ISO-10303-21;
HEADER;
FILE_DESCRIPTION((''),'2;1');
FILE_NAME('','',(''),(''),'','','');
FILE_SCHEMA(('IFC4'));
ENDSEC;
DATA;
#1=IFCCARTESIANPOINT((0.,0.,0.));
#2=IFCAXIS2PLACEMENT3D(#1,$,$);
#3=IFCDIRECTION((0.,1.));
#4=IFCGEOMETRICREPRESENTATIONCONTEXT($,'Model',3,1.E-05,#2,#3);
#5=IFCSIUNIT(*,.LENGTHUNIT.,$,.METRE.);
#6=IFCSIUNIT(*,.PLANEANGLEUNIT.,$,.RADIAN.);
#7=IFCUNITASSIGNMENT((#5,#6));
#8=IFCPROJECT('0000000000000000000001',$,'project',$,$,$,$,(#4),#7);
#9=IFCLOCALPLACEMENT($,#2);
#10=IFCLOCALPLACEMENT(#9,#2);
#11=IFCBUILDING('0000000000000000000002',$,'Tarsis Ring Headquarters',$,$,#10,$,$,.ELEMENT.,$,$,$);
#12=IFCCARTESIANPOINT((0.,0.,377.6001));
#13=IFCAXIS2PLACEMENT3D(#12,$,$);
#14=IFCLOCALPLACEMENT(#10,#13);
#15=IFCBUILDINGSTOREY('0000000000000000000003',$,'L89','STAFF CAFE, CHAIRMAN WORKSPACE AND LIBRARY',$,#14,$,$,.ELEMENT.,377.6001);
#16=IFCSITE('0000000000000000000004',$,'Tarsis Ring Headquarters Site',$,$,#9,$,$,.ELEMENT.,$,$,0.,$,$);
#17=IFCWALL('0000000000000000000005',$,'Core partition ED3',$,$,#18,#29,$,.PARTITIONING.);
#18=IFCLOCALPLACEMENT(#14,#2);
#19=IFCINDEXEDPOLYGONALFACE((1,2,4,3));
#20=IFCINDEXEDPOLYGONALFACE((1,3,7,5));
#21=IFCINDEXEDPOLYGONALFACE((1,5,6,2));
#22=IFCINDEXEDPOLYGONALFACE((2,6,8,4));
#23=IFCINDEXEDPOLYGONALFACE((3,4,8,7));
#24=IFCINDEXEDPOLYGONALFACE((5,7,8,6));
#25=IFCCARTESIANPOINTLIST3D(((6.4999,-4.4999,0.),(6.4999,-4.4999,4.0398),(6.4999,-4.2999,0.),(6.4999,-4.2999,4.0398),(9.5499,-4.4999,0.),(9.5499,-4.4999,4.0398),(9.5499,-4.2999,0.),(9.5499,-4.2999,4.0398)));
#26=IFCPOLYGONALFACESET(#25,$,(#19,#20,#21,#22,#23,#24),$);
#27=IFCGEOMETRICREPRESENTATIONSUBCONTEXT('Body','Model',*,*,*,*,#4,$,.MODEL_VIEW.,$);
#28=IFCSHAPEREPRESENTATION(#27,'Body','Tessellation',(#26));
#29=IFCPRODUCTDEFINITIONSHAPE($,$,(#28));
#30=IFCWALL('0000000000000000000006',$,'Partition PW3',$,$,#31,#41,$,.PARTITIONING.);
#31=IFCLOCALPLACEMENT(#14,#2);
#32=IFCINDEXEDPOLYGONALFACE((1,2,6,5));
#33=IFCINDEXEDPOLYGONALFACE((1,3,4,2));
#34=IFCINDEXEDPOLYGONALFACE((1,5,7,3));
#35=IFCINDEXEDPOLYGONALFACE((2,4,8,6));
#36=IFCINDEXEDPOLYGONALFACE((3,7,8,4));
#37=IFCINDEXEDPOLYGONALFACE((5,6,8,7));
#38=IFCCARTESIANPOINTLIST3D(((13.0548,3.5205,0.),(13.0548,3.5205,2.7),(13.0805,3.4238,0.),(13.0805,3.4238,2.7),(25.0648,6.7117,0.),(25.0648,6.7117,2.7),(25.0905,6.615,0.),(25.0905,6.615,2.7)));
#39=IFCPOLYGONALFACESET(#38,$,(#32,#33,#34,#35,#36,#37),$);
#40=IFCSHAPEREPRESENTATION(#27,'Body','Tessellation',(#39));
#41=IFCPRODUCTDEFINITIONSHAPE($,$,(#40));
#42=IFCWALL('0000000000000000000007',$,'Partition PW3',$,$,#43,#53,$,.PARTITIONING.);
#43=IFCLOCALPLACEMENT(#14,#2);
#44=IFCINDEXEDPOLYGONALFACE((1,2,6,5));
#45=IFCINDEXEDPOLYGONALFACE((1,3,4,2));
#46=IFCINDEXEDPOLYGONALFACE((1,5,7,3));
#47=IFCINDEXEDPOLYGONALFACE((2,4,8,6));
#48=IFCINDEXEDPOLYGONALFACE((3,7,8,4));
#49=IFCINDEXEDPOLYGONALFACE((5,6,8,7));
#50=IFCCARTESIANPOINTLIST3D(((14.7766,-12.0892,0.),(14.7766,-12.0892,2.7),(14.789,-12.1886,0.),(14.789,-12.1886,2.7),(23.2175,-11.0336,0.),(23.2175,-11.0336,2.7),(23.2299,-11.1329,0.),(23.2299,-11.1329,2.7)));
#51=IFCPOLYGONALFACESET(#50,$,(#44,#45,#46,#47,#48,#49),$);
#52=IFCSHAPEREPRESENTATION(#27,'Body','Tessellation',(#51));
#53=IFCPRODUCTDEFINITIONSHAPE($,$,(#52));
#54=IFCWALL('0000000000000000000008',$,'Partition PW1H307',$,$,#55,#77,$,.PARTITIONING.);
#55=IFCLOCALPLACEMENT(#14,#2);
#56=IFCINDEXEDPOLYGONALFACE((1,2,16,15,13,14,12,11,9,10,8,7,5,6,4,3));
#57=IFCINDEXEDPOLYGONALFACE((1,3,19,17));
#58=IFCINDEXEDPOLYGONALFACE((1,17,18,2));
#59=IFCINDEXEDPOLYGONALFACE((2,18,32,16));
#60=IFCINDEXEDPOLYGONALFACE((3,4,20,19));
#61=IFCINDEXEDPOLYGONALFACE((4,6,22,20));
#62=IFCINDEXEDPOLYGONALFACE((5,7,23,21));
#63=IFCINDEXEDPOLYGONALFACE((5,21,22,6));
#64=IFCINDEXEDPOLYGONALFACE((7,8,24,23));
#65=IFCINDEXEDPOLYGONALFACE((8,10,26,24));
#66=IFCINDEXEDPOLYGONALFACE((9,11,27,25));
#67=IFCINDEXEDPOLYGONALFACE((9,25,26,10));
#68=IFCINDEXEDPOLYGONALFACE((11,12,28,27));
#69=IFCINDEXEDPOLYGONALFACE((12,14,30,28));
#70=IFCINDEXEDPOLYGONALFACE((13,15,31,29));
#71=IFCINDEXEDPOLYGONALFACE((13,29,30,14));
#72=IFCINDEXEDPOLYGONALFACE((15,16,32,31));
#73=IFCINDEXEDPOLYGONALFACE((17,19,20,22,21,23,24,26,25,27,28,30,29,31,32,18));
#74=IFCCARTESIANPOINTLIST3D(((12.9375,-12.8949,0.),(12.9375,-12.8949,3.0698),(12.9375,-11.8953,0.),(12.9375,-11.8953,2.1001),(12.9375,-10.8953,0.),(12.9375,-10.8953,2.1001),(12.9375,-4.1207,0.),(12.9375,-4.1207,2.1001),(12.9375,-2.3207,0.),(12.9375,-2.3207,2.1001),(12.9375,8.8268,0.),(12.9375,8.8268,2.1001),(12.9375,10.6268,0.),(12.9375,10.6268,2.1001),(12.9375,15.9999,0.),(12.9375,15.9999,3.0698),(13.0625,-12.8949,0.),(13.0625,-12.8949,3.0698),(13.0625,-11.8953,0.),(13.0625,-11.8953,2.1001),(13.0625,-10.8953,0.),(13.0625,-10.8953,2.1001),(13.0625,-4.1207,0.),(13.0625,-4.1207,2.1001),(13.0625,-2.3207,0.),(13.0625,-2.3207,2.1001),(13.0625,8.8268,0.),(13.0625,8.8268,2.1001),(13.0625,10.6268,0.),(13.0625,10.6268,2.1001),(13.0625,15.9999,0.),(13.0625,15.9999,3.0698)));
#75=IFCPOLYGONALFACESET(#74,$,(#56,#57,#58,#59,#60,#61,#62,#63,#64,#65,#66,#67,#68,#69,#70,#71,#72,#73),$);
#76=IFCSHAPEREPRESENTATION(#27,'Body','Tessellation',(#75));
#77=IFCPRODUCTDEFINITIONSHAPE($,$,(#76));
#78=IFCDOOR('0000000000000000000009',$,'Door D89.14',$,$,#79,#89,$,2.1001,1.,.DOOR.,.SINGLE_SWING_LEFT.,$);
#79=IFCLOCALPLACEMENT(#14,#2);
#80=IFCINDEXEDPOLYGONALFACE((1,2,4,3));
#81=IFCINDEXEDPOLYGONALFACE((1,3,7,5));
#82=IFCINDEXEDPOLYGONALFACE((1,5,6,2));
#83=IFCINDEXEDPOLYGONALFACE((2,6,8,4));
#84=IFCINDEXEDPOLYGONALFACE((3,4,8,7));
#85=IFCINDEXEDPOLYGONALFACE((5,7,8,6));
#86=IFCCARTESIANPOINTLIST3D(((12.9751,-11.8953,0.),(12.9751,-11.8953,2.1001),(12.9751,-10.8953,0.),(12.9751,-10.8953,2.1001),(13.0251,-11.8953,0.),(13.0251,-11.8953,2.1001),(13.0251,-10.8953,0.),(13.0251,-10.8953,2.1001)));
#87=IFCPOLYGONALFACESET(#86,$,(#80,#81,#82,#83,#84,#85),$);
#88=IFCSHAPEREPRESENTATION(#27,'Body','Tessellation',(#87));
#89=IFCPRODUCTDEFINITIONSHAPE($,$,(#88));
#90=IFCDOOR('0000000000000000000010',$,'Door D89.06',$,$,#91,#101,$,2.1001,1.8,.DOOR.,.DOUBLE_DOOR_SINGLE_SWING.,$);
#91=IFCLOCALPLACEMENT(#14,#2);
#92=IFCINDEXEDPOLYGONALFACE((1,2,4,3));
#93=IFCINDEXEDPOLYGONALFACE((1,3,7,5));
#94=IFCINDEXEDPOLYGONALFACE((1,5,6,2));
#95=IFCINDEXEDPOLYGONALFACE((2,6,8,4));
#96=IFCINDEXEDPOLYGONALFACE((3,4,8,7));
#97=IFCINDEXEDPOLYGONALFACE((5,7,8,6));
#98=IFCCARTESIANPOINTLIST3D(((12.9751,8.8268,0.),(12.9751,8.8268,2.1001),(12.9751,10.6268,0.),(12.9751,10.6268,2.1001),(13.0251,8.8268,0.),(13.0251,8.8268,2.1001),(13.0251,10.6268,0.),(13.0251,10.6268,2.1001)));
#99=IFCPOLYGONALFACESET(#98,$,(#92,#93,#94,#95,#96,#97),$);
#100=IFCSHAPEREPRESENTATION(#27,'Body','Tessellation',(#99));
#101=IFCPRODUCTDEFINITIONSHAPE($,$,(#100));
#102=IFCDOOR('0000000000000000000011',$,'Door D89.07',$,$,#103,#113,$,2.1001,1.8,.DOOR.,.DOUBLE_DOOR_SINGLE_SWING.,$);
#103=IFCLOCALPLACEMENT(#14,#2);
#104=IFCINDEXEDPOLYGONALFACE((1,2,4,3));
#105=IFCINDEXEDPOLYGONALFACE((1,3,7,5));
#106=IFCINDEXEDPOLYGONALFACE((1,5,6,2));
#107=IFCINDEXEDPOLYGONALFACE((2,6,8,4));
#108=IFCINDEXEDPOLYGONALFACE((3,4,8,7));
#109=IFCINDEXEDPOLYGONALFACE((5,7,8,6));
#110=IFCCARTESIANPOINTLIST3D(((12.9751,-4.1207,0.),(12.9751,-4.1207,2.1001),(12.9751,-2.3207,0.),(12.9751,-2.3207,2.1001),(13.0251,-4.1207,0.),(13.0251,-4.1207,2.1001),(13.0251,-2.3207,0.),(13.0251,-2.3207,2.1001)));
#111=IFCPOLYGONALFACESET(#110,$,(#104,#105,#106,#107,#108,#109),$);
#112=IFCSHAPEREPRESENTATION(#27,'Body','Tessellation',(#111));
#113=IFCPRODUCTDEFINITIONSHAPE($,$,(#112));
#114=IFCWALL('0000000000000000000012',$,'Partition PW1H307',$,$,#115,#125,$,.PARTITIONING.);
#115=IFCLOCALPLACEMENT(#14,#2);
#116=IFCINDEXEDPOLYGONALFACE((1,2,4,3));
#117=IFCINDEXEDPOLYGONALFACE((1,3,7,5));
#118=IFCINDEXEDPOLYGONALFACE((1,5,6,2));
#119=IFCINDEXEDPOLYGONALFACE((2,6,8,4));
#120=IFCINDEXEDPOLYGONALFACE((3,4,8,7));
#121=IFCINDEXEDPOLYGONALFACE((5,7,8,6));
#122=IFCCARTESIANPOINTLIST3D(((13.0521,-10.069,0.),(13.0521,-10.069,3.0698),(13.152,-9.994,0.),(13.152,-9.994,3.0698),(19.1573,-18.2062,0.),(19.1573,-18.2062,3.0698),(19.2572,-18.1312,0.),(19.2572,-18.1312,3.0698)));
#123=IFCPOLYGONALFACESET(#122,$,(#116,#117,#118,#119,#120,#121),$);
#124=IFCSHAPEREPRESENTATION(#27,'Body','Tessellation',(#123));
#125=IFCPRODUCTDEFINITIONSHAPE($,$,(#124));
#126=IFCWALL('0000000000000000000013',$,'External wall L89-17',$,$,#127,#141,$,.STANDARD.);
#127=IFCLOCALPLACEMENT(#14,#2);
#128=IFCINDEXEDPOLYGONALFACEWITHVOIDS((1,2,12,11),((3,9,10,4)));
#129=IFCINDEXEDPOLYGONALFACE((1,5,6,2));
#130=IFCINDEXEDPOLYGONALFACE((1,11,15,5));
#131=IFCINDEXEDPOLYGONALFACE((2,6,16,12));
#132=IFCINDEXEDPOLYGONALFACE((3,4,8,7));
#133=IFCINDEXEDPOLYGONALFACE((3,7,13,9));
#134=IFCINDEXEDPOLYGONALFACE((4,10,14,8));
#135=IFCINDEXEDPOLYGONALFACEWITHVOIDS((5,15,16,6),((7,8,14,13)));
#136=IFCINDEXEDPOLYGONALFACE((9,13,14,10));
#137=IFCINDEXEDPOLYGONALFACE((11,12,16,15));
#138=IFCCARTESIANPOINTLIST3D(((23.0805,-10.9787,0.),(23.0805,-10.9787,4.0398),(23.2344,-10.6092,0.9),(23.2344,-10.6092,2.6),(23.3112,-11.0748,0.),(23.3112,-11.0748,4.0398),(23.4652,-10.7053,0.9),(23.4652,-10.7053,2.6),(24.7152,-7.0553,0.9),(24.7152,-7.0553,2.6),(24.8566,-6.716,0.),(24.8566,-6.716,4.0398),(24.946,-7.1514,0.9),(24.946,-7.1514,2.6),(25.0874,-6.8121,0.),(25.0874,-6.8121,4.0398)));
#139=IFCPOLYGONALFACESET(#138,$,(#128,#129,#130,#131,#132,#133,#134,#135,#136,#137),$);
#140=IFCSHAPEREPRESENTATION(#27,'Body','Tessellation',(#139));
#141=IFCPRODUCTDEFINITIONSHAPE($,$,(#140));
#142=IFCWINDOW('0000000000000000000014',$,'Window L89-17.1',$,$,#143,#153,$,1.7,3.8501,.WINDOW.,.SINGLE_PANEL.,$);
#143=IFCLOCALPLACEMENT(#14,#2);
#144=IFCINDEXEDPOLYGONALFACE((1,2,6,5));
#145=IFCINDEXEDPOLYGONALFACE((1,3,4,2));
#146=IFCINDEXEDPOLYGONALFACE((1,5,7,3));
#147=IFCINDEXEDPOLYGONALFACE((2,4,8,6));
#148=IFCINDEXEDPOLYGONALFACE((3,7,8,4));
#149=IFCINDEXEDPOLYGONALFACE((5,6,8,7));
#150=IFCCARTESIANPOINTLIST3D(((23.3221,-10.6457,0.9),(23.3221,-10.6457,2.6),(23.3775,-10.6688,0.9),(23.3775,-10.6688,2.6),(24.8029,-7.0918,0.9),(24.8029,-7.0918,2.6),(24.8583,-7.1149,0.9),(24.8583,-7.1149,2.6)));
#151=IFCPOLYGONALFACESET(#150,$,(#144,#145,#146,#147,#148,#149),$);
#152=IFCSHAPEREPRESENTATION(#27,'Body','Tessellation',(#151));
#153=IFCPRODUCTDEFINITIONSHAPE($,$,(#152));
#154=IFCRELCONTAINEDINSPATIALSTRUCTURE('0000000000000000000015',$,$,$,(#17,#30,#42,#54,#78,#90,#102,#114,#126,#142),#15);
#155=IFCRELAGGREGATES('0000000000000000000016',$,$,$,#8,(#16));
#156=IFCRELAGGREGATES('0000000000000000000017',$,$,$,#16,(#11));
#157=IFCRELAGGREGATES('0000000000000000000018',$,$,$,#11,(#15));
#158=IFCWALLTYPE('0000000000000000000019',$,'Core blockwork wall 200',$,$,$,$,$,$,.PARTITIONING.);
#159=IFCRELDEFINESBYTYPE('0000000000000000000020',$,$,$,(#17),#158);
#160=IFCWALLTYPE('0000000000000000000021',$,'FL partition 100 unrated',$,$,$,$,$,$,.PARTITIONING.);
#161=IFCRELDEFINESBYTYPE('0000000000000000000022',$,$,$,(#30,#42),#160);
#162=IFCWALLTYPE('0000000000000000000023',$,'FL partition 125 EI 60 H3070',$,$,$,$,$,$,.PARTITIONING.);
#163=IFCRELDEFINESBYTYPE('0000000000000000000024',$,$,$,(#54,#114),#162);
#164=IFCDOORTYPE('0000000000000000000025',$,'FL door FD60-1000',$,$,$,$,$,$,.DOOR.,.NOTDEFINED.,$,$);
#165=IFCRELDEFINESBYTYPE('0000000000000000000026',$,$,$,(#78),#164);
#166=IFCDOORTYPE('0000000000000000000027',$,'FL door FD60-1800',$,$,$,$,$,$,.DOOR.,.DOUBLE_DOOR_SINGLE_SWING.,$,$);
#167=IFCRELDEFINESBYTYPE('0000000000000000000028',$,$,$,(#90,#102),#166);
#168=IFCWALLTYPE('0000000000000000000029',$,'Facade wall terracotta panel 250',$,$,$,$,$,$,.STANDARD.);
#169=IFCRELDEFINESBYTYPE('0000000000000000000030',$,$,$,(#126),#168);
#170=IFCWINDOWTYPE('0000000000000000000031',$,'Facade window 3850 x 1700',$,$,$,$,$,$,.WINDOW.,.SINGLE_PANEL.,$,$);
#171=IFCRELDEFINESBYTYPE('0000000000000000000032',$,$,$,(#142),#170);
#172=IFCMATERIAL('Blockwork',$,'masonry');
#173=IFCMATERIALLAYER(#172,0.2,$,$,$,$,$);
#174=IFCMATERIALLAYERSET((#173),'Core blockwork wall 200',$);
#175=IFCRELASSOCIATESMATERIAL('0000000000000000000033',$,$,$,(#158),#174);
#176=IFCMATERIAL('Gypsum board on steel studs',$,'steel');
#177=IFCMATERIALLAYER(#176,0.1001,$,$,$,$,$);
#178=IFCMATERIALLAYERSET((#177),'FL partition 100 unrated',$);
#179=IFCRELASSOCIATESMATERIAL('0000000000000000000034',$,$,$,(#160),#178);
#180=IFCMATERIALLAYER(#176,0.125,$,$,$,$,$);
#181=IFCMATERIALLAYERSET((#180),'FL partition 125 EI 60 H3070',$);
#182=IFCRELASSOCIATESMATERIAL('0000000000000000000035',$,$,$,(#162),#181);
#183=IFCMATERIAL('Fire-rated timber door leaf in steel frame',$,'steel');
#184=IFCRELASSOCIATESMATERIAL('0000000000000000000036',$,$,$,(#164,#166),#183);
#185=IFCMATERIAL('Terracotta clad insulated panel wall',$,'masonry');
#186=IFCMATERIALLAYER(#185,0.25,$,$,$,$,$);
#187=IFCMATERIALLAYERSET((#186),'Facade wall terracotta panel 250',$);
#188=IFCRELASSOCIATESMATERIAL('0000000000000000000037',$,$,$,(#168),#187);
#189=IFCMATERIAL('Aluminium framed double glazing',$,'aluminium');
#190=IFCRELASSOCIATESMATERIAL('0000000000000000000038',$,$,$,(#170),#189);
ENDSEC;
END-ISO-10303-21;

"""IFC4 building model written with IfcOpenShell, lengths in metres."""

from ifc_helpers import new_model, si_unit, direction, frame, frame_2d, origin, place, context, subcontext, project, spatial, rectangle, extrude, material, layer, layer_set, type_object, element, fill, save


model = new_model("IFC4")

# Units and contexts
model_context = context("Model", 3, precision=1e-05, world=origin(), true_north=direction((0.0, 1.0)))
body_context = subcontext(model_context, "Body", "Model", "MODEL_VIEW")
ifc_project = project(units=[si_unit("LENGTHUNIT", "METRE"), si_unit("PLANEANGLEUNIT", "RADIAN")], contexts=[model_context])

# Site, building, storey
site_placement = place(None, origin())
site = spatial("IfcSite", under=ifc_project, at=site_placement, Name="Tarsis Ring Headquarters Site", CompositionType="ELEMENT", RefElevation=0.0)
building_placement = place(site_placement, origin())
building = spatial("IfcBuilding", under=site, at=building_placement, Name="Tarsis Ring Headquarters", CompositionType="ELEMENT")
storey_placement = place(building_placement, frame((0.0, 0.0, 377.6001)))
storey = spatial("IfcBuildingStorey", under=building, at=storey_placement, Name="L89", Description="STAFF CAFE, CHAIRMAN WORKSPACE AND LIBRARY", CompositionType="ELEMENT", Elevation=377.6001)

# Walls
ifc_material_1 = material(Name="Blockwork", Category="masonry")
ifc_layer_1 = layer(ifc_material_1, 0.2)
ifc_layer_set_1 = layer_set([ifc_layer_1], Name="Core blockwork wall 200")
wall_type_1 = type_object("IfcWallType", Name="Core blockwork wall 200", PredefinedType="PARTITIONING", material=ifc_layer_set_1)
for number, where, z_axis, x_axis, name in (
    (1, (6.5, -4.3999, 0.0), (0.0, 0.0, 1.0), (1.0, 0.0, 0.0), "Core partition ED3"),
):
    element("IfcWall", number, at=place(storey_placement, frame(where, z_axis=z_axis, x_axis=x_axis)), inside=storey, type_object=wall_type_1, Name=name, PredefinedType="PARTITIONING", context=body_context, shape_type="SweptSolid", body=[
        extrude(rectangle(XDim=3.05, YDim=0.2, at=frame_2d((1.5249, 0.0))), origin(), (0.0, 0.0, 1.0), 4.0398),
    ])
ifc_material_2 = material(Name="Gypsum board on steel studs", Category="steel")
ifc_layer_2 = layer(ifc_material_2, 0.1001)
ifc_layer_set_2 = layer_set([ifc_layer_2], Name="FL partition 100 unrated")
wall_type_2 = type_object("IfcWallType", Name="FL partition 100 unrated", PredefinedType="PARTITIONING", material=ifc_layer_set_2)
wall_1_placement = place(storey_placement, frame((13.0676, 3.4722, 0.0), z_axis=(0.0, 0.0, 1.0), x_axis=(0.966465, 0.256798, 0.0)))
element("IfcWall", 2, at=wall_1_placement, inside=storey, type_object=wall_type_2, Name="Partition PW3", PredefinedType="PARTITIONING", context=body_context, shape_type="SweptSolid", body=[
    extrude(rectangle(XDim=12.4268, YDim=0.1001, at=frame_2d((6.2134, 0.0))), origin(), (0.0, 0.0, 1.0), 2.7),
])
wall_2_placement = place(storey_placement, frame((14.7827, -12.1389, 0.0), z_axis=(0.0, 0.0, 1.0), x_axis=(0.99227, 0.124098, 0.0)))
element("IfcWall", 3, at=wall_2_placement, inside=storey, type_object=wall_type_2, Name="Partition PW3", PredefinedType="PARTITIONING", context=body_context, shape_type="SweptSolid", body=[
    extrude(rectangle(XDim=8.5066, YDim=0.1001, at=frame_2d((4.2534, 0.0))), origin(), (0.0, 0.0, 1.0), 2.7),
])

# Wall, openings, doors
ifc_layer_3 = layer(ifc_material_2, 0.125)
ifc_layer_set_3 = layer_set([ifc_layer_3], Name="FL partition 125 EI 60 H3070")
wall_type_3 = type_object("IfcWallType", Name="FL partition 125 EI 60 H3070", PredefinedType="PARTITIONING", material=ifc_layer_set_3)
wall_3_placement = place(storey_placement, frame((13.0, -12.8948, 0.0), z_axis=(0.0, 0.0, 1.0), x_axis=(0.0, 1.0, 0.0)))
wall_3 = element("IfcWall", 4, at=wall_3_placement, inside=storey, type_object=wall_type_3, Name="Partition PW1H307", PredefinedType="PARTITIONING", context=body_context, shape_type="SweptSolid", body=[
    extrude(rectangle(XDim=28.8948, YDim=0.125, at=frame_2d((14.4473, 0.0))), origin(), (0.0, 0.0, 1.0), 3.0698),
])
opening_1_placement = place(wall_3_placement, frame((21.7217, 0.0, 0.0)))
opening_1 = element("IfcOpeningElement", 5, at=opening_1_placement, cuts=wall_3, PredefinedType="OPENING", context=body_context, shape_type="SweptSolid", body=[
    extrude(rectangle(XDim=1.8, YDim=2.1001, at=frame_2d((0.8999, 1.05))), frame((0.0, 0.0725, 0.0), z_axis=(0.0, -1.0, 0.0), x_axis=(1.0, 0.0, 0.0)), (0.0, 0.0, 1.0), 0.145),
])
opening_2_placement = place(wall_3_placement, frame((8.7742, 0.0, 0.0)))
opening_2 = element("IfcOpeningElement", 6, at=opening_2_placement, cuts=wall_3, PredefinedType="OPENING", context=body_context, shape_type="SweptSolid", body=[
    extrude(rectangle(XDim=1.8, YDim=2.1001, at=frame_2d((0.8999, 1.05))), frame((0.0, 0.0725, 0.0), z_axis=(0.0, -1.0, 0.0), x_axis=(1.0, 0.0, 0.0)), (0.0, 0.0, 1.0), 0.145),
])
opening_3_placement = place(wall_3_placement, frame((0.9995, 0.0, 0.0)))
opening_3 = element("IfcOpeningElement", 7, at=opening_3_placement, cuts=wall_3, PredefinedType="OPENING", context=body_context, shape_type="SweptSolid", body=[
    extrude(rectangle(XDim=1.0, YDim=2.1001, at=frame_2d((0.5, 1.05))), frame((0.0, 0.0725, 0.0), z_axis=(0.0, -1.0, 0.0), x_axis=(1.0, 0.0, 0.0)), (0.0, 0.0, 1.0), 0.145),
])
ifc_material_3 = material(Name="Fire-rated timber door leaf in steel frame", Category="steel")
door_type_1 = type_object("IfcDoorType", Name="FL door FD60-1000", OperationType="NOTDEFINED", PredefinedType="DOOR", material=ifc_material_3)
door_1_placement = place(opening_3_placement, origin())
door_1 = element("IfcDoor", 8, at=door_1_placement, inside=storey, type_object=door_type_1, Name="Door D89.14", OperationType="SINGLE_SWING_LEFT", OverallHeight=2.1001, OverallWidth=1.0, PredefinedType="DOOR", context=body_context, shape_type="SweptSolid", body=[
    extrude(rectangle(XDim=1.0, YDim=2.1001, at=frame_2d((0.5, 1.05))), frame((0.0, 0.0249, 0.0), z_axis=(0.0, -1.0, 0.0), x_axis=(1.0, 0.0, 0.0)), (0.0, 0.0, 1.0), 0.05),
])
fill(opening_3, door_1)
door_type_2 = type_object("IfcDoorType", Name="FL door FD60-1800", OperationType="DOUBLE_DOOR_SINGLE_SWING", PredefinedType="DOOR", material=ifc_material_3)
door_2_placement = place(opening_1_placement, origin())
door_2 = element("IfcDoor", 9, at=door_2_placement, inside=storey, type_object=door_type_2, Name="Door D89.06", OperationType="DOUBLE_DOOR_SINGLE_SWING", OverallHeight=2.1001, OverallWidth=1.8, PredefinedType="DOOR", context=body_context, shape_type="SweptSolid", body=[
    extrude(rectangle(XDim=1.8, YDim=2.1001, at=frame_2d((0.8999, 1.05))), frame((0.0, 0.0249, 0.0), z_axis=(0.0, -1.0, 0.0), x_axis=(1.0, 0.0, 0.0)), (0.0, 0.0, 1.0), 0.05),
])
fill(opening_1, door_2)
door_3_placement = place(opening_2_placement, origin())
door_3 = element("IfcDoor", 10, at=door_3_placement, inside=storey, type_object=door_type_2, Name="Door D89.07", OperationType="DOUBLE_DOOR_SINGLE_SWING", OverallHeight=2.1001, OverallWidth=1.8, PredefinedType="DOOR", context=body_context, shape_type="SweptSolid", body=[
    extrude(rectangle(XDim=1.8, YDim=2.1001, at=frame_2d((0.8999, 1.05))), frame((0.0, 0.0249, 0.0), z_axis=(0.0, -1.0, 0.0), x_axis=(1.0, 0.0, 0.0)), (0.0, 0.0, 1.0), 0.05),
])
fill(opening_2, door_3)

# Wall
wall_4_placement = place(storey_placement, frame((13.1021, -10.0315, 0.0), z_axis=(0.0, 0.0, 1.0), x_axis=(0.600146, -0.799891, 0.0)))
element("IfcWall", 11, at=wall_4_placement, inside=storey, type_object=wall_type_3, Name="Partition PW1H307", PredefinedType="PARTITIONING", context=body_context, shape_type="SweptSolid", body=[
    extrude(rectangle(XDim=10.1729, YDim=0.125, at=frame_2d((5.0864, 0.0))), origin(), (0.0, 0.0, 1.0), 3.0698),
])

# Wall, opening, window
ifc_material_4 = material(Name="Terracotta clad insulated panel wall", Category="masonry")
ifc_layer_4 = layer(ifc_material_4, 0.25)
ifc_layer_set_4 = layer_set([ifc_layer_4], Name="Facade wall terracotta panel 250")
wall_type_4 = type_object("IfcWallType", Name="Facade wall terracotta panel 250", PredefinedType="STANDARD", material=ifc_layer_set_4)
wall_5_placement = place(storey_placement, frame((23.1958, -11.0269, 0.0), z_axis=(0.0, 0.0, 1.0), x_axis=(0.384615, 0.923077, 0.0)))
wall_5 = element("IfcWall", 12, at=wall_5_placement, inside=storey, type_object=wall_type_4, Name="External wall L89-17", PredefinedType="STANDARD", context=body_context, shape_type="SweptSolid", body=[
    extrude(rectangle(XDim=4.6179, YDim=0.25, at=frame_2d((2.3091, 0.0))), origin(), (0.0, 0.0, 1.0), 4.0398),
])
opening_4_placement = place(wall_5_placement, frame((0.4004, 0.0, 0.8999)))
opening_4 = element("IfcOpeningElement", 13, at=opening_4_placement, cuts=wall_5, PredefinedType="OPENING", context=body_context, shape_type="SweptSolid", body=[
    extrude(rectangle(XDim=3.8501, YDim=1.7, at=frame_2d((1.925, 0.8501))), frame((0.0, 0.135, 0.0), z_axis=(0.0, -1.0, 0.0), x_axis=(1.0, 0.0, 0.0)), (0.0, 0.0, 1.0), 0.27),
])
ifc_material_5 = material(Name="Aluminium framed double glazing", Category="aluminium")
window_type_1 = type_object("IfcWindowType", Name="Facade window 3850 x 1700", PartitioningType="SINGLE_PANEL", PredefinedType="WINDOW", material=ifc_material_5)
window_1_placement = place(opening_4_placement, origin())
window_1 = element("IfcWindow", 14, at=window_1_placement, inside=storey, type_object=window_type_1, Name="Window L89-17.1", OverallHeight=1.7, OverallWidth=3.8501, PartitioningType="SINGLE_PANEL", PredefinedType="WINDOW", context=body_context, shape_type="SweptSolid", body=[
    extrude(rectangle(XDim=3.8501, YDim=1.7, at=frame_2d((1.925, 0.8501))), frame((0.0, 0.03, 0.0), z_axis=(0.0, -1.0, 0.0), x_axis=(1.0, 0.0, 0.0)), (0.0, 0.0, 1.0), 0.0601),
])
fill(opening_4, window_1)

save(model, "model.ifc")
